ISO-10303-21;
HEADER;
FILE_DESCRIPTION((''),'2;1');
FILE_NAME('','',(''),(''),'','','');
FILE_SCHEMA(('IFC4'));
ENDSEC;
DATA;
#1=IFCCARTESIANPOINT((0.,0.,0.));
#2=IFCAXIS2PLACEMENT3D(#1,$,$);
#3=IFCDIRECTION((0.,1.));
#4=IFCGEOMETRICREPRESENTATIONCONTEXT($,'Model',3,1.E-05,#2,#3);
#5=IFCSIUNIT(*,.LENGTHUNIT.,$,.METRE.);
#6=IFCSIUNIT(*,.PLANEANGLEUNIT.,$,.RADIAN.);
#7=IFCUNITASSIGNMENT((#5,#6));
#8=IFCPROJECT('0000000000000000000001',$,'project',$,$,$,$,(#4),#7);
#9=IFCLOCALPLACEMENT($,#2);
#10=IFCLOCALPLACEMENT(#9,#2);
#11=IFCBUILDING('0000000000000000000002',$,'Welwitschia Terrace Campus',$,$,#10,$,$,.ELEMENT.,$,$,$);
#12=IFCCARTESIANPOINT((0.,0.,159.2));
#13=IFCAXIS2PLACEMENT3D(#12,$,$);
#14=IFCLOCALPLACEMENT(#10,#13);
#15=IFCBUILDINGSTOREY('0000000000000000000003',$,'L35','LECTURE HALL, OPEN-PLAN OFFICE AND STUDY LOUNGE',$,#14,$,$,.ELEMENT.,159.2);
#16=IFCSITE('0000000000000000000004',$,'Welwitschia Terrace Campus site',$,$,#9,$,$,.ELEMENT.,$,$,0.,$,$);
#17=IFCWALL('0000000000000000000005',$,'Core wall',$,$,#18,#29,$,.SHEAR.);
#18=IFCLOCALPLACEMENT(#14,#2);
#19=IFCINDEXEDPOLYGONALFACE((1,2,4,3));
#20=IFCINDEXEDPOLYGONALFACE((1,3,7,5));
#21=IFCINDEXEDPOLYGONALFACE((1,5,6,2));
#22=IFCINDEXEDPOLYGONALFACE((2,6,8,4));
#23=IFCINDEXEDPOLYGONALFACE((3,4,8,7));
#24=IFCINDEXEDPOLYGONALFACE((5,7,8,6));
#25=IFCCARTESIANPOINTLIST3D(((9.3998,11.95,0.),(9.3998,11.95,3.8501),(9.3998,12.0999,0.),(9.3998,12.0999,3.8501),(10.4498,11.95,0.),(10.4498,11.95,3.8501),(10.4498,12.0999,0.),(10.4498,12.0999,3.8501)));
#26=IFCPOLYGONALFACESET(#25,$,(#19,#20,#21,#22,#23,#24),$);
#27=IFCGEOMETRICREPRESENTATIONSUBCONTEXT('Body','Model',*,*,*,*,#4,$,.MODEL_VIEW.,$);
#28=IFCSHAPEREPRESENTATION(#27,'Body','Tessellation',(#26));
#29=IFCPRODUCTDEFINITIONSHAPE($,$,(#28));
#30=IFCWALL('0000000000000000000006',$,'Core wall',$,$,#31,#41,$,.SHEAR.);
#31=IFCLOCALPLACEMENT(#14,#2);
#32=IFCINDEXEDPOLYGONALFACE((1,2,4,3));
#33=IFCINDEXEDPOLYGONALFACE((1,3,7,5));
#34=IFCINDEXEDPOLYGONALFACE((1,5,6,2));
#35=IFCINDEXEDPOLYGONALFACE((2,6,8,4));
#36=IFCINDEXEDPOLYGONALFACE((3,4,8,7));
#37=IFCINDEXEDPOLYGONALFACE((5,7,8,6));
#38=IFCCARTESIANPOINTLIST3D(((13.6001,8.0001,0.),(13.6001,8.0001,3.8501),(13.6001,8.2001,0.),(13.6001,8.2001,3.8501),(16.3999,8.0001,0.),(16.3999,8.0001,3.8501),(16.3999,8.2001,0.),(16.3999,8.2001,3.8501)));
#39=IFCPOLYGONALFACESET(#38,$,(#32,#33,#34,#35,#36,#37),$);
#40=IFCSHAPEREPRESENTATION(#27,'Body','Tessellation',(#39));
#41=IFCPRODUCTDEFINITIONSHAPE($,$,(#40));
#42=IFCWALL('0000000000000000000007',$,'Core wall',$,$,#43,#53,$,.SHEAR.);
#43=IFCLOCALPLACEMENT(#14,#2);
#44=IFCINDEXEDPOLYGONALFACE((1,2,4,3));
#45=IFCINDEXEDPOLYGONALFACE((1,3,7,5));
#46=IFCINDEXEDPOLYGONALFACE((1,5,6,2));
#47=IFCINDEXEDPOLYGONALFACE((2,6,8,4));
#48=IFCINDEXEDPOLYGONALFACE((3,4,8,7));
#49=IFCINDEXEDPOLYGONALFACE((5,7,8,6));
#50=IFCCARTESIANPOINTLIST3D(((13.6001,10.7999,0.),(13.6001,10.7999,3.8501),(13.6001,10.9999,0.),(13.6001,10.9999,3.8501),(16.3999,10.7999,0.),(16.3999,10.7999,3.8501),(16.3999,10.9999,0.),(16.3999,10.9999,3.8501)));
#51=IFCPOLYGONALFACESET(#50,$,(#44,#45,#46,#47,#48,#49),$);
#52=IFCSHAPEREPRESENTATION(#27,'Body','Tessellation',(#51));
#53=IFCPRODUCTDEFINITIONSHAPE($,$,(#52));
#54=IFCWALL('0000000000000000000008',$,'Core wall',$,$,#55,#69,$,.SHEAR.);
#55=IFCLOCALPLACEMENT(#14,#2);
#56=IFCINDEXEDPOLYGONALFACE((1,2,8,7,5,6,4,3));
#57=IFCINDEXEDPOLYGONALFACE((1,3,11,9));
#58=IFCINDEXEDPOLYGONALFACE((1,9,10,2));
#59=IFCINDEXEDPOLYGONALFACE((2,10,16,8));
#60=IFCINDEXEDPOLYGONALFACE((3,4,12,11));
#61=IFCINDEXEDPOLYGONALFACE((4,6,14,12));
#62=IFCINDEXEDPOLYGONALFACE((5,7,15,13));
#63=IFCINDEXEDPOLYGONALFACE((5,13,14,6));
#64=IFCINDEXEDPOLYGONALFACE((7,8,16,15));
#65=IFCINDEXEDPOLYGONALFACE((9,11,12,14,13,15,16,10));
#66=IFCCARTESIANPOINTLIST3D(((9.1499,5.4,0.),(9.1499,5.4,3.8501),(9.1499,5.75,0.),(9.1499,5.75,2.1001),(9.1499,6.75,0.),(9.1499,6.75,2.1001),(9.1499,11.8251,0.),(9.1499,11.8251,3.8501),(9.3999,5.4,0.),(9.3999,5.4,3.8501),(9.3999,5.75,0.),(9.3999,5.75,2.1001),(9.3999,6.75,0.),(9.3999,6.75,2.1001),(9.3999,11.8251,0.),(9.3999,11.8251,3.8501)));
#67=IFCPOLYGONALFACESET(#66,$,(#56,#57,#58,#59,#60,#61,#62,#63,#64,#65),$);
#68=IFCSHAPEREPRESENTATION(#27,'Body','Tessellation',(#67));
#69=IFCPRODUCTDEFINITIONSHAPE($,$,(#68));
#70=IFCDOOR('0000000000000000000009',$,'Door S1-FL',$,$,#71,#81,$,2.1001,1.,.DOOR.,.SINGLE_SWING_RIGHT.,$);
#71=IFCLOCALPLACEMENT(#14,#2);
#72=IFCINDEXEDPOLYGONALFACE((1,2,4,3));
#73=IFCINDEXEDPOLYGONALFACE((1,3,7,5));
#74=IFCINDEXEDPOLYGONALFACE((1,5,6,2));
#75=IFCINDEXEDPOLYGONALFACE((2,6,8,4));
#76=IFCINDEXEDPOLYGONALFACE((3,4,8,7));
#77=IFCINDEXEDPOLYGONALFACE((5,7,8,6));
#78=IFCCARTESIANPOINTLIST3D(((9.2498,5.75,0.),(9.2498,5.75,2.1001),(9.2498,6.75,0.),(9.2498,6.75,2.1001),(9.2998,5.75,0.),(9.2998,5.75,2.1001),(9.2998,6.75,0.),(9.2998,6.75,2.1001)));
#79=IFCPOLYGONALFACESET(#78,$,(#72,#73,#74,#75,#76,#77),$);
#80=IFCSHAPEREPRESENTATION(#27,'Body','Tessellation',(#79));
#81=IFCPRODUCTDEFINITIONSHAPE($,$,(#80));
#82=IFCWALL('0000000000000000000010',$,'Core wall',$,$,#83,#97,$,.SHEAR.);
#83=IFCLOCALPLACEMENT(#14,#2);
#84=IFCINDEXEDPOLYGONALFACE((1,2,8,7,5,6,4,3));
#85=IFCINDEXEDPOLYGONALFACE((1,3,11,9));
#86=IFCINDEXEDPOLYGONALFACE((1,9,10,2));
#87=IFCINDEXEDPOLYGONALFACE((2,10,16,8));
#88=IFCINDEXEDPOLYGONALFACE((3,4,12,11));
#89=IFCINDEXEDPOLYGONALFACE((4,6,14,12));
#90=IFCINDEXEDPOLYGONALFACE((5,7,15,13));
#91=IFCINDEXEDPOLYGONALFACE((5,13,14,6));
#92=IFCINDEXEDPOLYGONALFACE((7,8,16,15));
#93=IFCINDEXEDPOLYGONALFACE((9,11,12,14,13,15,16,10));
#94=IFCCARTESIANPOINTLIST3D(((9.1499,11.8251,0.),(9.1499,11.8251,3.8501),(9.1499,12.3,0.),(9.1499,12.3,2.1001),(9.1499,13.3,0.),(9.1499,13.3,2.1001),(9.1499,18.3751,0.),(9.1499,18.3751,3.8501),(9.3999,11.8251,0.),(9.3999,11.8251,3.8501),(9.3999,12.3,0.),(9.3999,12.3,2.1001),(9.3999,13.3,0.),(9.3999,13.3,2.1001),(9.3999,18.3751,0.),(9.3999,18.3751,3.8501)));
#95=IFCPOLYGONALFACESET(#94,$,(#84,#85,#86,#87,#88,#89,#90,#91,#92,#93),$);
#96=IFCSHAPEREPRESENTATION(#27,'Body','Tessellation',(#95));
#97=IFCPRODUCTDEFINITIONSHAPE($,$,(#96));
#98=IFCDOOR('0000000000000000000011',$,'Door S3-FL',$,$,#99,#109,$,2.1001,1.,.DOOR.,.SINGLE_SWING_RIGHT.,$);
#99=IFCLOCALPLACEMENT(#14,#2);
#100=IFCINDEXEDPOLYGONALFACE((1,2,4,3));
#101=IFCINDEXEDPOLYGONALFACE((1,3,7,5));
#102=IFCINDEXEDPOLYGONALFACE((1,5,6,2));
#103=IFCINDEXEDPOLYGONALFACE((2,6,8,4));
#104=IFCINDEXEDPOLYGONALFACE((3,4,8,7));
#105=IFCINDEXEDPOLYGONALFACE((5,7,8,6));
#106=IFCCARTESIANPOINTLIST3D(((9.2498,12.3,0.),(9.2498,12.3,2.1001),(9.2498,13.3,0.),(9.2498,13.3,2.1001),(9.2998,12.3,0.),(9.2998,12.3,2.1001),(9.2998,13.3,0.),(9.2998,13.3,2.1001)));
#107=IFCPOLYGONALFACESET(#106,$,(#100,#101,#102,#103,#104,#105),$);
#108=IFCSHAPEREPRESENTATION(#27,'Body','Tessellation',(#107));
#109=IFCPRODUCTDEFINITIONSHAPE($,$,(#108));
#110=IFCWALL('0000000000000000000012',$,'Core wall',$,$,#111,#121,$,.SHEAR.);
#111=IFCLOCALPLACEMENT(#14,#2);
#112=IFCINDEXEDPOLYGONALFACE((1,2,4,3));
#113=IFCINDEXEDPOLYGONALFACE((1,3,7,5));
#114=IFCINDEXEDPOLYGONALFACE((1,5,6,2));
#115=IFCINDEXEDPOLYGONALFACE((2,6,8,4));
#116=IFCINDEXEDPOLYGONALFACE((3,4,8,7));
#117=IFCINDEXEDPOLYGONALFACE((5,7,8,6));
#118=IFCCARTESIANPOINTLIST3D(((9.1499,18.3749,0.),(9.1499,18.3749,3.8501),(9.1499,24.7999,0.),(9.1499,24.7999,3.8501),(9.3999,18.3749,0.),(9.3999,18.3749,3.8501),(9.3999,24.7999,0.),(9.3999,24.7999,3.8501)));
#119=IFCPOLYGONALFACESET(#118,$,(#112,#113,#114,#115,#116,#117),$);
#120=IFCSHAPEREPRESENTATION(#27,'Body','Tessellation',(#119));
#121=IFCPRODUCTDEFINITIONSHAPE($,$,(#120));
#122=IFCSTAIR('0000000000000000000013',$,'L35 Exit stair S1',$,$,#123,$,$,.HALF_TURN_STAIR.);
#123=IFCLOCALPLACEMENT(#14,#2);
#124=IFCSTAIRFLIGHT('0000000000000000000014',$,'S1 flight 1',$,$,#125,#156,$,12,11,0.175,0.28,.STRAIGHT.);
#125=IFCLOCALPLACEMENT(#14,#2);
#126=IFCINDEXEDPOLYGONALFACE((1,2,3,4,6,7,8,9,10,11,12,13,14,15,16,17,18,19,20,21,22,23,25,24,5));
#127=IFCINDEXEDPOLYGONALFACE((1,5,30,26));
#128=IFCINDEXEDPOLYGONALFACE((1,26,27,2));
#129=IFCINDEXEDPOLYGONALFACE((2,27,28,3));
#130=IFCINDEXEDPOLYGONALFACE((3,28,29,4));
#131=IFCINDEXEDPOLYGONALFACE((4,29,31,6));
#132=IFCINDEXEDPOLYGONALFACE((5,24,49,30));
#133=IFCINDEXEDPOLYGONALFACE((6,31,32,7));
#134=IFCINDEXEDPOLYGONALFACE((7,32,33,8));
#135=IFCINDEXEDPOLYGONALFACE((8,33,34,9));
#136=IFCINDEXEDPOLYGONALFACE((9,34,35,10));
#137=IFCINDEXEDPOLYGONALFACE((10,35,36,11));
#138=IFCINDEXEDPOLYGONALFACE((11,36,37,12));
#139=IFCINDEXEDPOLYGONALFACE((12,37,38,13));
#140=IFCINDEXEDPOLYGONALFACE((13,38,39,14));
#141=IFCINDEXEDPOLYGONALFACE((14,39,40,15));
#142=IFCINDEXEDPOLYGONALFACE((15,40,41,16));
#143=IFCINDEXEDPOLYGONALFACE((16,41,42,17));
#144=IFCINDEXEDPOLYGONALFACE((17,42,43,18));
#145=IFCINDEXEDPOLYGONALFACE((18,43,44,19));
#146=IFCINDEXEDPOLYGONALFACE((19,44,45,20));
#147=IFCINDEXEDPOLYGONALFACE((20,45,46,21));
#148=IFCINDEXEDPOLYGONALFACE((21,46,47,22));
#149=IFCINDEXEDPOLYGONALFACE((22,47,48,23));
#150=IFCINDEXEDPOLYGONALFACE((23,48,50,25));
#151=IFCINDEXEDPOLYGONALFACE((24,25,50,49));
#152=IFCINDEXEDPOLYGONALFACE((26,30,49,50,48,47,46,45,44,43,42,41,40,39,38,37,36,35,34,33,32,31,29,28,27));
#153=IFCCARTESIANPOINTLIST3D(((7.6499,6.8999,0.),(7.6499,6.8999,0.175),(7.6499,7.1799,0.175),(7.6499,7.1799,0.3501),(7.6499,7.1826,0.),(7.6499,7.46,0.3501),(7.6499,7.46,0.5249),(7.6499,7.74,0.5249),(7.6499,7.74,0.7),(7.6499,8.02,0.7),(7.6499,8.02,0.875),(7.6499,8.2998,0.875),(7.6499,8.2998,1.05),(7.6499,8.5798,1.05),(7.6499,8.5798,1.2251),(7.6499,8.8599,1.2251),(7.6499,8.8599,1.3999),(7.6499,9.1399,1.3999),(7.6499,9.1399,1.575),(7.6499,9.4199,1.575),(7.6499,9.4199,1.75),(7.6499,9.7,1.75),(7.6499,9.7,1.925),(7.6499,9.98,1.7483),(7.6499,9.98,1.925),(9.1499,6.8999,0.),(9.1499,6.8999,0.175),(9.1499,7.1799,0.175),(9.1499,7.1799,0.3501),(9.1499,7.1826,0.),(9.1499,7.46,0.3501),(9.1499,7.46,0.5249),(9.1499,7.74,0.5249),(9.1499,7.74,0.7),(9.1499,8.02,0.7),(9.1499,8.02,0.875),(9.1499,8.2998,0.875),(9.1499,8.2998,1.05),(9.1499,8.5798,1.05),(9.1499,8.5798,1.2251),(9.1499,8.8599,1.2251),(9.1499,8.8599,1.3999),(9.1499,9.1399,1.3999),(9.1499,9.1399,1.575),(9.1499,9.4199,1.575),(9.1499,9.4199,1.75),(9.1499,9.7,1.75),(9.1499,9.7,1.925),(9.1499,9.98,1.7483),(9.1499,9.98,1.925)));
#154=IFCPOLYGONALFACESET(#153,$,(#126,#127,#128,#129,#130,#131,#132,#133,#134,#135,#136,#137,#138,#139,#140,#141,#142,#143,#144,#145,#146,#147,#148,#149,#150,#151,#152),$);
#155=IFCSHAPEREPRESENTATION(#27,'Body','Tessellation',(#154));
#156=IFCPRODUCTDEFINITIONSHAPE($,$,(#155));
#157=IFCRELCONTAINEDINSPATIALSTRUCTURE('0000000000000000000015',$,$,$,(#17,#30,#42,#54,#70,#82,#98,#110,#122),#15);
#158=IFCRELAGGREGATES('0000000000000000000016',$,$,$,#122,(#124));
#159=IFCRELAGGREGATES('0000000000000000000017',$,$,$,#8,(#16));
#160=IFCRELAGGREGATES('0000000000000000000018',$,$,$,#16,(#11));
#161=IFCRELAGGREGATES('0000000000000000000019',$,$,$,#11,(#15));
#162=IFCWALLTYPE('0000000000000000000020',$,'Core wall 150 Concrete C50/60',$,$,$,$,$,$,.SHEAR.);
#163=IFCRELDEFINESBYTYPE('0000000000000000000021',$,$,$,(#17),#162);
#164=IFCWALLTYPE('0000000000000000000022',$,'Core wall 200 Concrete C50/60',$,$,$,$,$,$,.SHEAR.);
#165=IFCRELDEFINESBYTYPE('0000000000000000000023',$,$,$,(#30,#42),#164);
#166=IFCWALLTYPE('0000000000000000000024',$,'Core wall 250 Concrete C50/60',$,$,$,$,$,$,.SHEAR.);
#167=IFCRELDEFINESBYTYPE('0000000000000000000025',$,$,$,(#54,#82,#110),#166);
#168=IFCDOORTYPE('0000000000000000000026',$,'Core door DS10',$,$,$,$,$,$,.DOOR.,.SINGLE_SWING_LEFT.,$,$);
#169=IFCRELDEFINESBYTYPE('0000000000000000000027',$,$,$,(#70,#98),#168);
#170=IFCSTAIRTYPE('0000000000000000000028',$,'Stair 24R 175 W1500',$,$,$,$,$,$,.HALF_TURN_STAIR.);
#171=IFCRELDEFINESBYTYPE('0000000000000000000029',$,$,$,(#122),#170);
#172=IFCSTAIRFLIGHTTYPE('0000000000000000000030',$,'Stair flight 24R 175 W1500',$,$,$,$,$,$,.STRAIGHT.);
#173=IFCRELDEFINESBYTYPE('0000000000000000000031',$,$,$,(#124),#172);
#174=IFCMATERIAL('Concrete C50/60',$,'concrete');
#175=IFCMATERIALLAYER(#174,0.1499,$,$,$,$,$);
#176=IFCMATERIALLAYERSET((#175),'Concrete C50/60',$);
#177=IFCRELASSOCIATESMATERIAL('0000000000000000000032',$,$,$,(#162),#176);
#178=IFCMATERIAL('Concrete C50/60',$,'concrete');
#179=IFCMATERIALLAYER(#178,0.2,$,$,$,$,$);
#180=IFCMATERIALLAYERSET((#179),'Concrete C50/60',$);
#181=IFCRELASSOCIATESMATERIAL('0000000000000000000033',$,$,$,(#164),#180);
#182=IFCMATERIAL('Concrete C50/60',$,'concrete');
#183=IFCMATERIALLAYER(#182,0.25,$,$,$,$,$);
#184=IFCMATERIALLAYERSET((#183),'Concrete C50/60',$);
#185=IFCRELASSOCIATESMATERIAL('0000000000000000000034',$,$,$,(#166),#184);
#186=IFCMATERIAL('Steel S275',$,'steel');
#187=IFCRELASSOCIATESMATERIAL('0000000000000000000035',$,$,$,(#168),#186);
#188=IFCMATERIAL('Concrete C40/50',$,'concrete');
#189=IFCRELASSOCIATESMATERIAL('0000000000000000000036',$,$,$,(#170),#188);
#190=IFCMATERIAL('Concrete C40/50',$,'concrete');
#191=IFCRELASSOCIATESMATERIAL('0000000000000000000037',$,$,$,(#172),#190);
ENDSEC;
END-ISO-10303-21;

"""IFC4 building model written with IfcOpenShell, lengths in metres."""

from ifc_helpers import new_model, si_unit, direction, frame, frame_2d, origin, place, context, subcontext, project, spatial, polyline, rectangle, outline, extrude, material, layer, layer_set, type_object, element, fill, aggregate, save


model = new_model("IFC4")

# Units and contexts
model_context = context("Model", 3, precision=1e-05, world=origin(), true_north=direction((0.0, 1.0)))
body_context = subcontext(model_context, "Body", "Model", "MODEL_VIEW")
ifc_project = project(units=[si_unit("LENGTHUNIT", "METRE"), si_unit("PLANEANGLEUNIT", "RADIAN")], contexts=[model_context])

# Site, building, storey
site_placement = place(None, origin())
site = spatial("IfcSite", under=ifc_project, at=site_placement, Name="Welwitschia Terrace Campus site", CompositionType="ELEMENT", RefElevation=0.0)
building_placement = place(site_placement, origin())
building = spatial("IfcBuilding", under=site, at=building_placement, Name="Welwitschia Terrace Campus", CompositionType="ELEMENT")
storey_placement = place(building_placement, frame((0.0, 0.0, 159.2)))
storey = spatial("IfcBuildingStorey", under=building, at=storey_placement, Name="L35", Description="LECTURE HALL, OPEN-PLAN OFFICE AND STUDY LOUNGE", CompositionType="ELEMENT", Elevation=159.2)

# Walls
ifc_material_1 = material(Name="Concrete C50/60", Category="concrete")
ifc_layer_1 = layer(ifc_material_1, 0.1499)
ifc_layer_set_1 = layer_set([ifc_layer_1], Name="Concrete C50/60")
wall_type_1 = type_object("IfcWallType", Name="Core wall 150 Concrete C50/60", PredefinedType="SHEAR", material=ifc_layer_set_1)
for number, where, z_axis, x_axis, name in (
    (1, (9.3999, 12.0249, 0.0), (0.0, 0.0, 1.0), (1.0, 0.0, 0.0), "Core wall"),
):
    element("IfcWall", number, at=place(storey_placement, frame(where, z_axis=z_axis, x_axis=x_axis)), inside=storey, type_object=wall_type_1, Name=name, PredefinedType="SHEAR", context=body_context, shape_type="SweptSolid", body=[
        extrude(rectangle(XDim=1.05, YDim=0.1499, at=frame_2d((0.5249, 0.0))), origin(), (0.0, 0.0, 1.0), 3.8501),
    ])
ifc_material_2 = material(Name="Concrete C50/60", Category="concrete")
ifc_layer_2 = layer(ifc_material_2, 0.2)
ifc_layer_set_2 = layer_set([ifc_layer_2], Name="Concrete C50/60")
wall_type_2 = type_object("IfcWallType", Name="Core wall 200 Concrete C50/60", PredefinedType="SHEAR", material=ifc_layer_set_2)
for number, where, z_axis, x_axis, name in (
    (2, (13.6001, 8.1001, 0.0), (0.0, 0.0, 1.0), (1.0, 0.0, 0.0), "Core wall"),
    (3, (13.6001, 10.8999, 0.0), (0.0, 0.0, 1.0), (1.0, 0.0, 0.0), "Core wall"),
):
    element("IfcWall", number, at=place(storey_placement, frame(where, z_axis=z_axis, x_axis=x_axis)), inside=storey, type_object=wall_type_2, Name=name, PredefinedType="SHEAR", context=body_context, shape_type="SweptSolid", body=[
        extrude(rectangle(XDim=2.7998, YDim=0.2, at=frame_2d((1.3999, 0.0))), origin(), (0.0, 0.0, 1.0), 3.8501),
    ])

# Walls, openings, doors
ifc_material_3 = material(Name="Concrete C50/60", Category="concrete")
ifc_layer_3 = layer(ifc_material_3, 0.25)
ifc_layer_set_3 = layer_set([ifc_layer_3], Name="Concrete C50/60")
wall_type_3 = type_object("IfcWallType", Name="Core wall 250 Concrete C50/60", PredefinedType="SHEAR", material=ifc_layer_set_3)
wall_1_placement = place(storey_placement, frame((9.2749, 11.825, 0.0), z_axis=(0.0, 0.0, 1.0), x_axis=(0.0, -1.0, 0.0)))
wall_1 = element("IfcWall", 4, at=wall_1_placement, inside=storey, type_object=wall_type_3, Name="Core wall", PredefinedType="SHEAR", context=body_context, shape_type="SweptSolid", body=[
    extrude(rectangle(XDim=6.425, YDim=0.25, at=frame_2d((3.2124, 0.0))), origin(), (0.0, 0.0, 1.0), 3.8501),
])
opening_1_placement = place(wall_1_placement, frame((5.075, 0.0, 0.0)))
opening_1 = element("IfcOpeningElement", 5, at=opening_1_placement, cuts=wall_1, PredefinedType="OPENING", context=body_context, shape_type="SweptSolid", body=[
    extrude(rectangle(XDim=1.0, YDim=2.1001, at=frame_2d((0.5, 1.05))), frame((0.0, 0.135, 0.0), z_axis=(0.0, -1.0, 0.0), x_axis=(1.0, 0.0, 0.0)), (0.0, 0.0, 1.0), 0.27),
])
ifc_material_4 = material(Name="Steel S275", Category="steel")
door_type_1 = type_object("IfcDoorType", Name="Core door DS10", OperationType="SINGLE_SWING_LEFT", PredefinedType="DOOR", material=ifc_material_4)
door_1_placement = place(opening_1_placement, origin())
door_1 = element("IfcDoor", 6, at=door_1_placement, inside=storey, type_object=door_type_1, Name="Door S1-FL", OperationType="SINGLE_SWING_RIGHT", OverallHeight=2.1001, OverallWidth=1.0, PredefinedType="DOOR", context=body_context, shape_type="SweptSolid", body=[
    extrude(rectangle(XDim=1.0, YDim=2.1001, at=frame_2d((0.5, 1.05))), frame((0.0, 0.0249, 0.0), z_axis=(0.0, -1.0, 0.0), x_axis=(1.0, 0.0, 0.0)), (0.0, 0.0, 1.0), 0.05),
])
fill(opening_1, door_1)
wall_2_placement = place(storey_placement, frame((9.2749, 18.375, 0.0), z_axis=(0.0, 0.0, 1.0), x_axis=(0.0, -1.0, 0.0)))
wall_2 = element("IfcWall", 7, at=wall_2_placement, inside=storey, type_object=wall_type_3, Name="Core wall", PredefinedType="SHEAR", context=body_context, shape_type="SweptSolid", body=[
    extrude(rectangle(XDim=6.55, YDim=0.25, at=frame_2d((3.2749, 0.0))), origin(), (0.0, 0.0, 1.0), 3.8501),
])
opening_2_placement = place(wall_2_placement, frame((5.075, 0.0, 0.0)))
opening_2 = element("IfcOpeningElement", 8, at=opening_2_placement, cuts=wall_2, PredefinedType="OPENING", context=body_context, shape_type="SweptSolid", body=[
    extrude(rectangle(XDim=1.0, YDim=2.1001, at=frame_2d((0.5, 1.05))), frame((0.0, 0.135, 0.0), z_axis=(0.0, -1.0, 0.0), x_axis=(1.0, 0.0, 0.0)), (0.0, 0.0, 1.0), 0.27),
])
door_2_placement = place(opening_2_placement, origin())
door_2 = element("IfcDoor", 9, at=door_2_placement, inside=storey, type_object=door_type_1, Name="Door S3-FL", OperationType="SINGLE_SWING_RIGHT", OverallHeight=2.1001, OverallWidth=1.0, PredefinedType="DOOR", context=body_context, shape_type="SweptSolid", body=[
    extrude(rectangle(XDim=1.0, YDim=2.1001, at=frame_2d((0.5, 1.05))), frame((0.0, 0.0249, 0.0), z_axis=(0.0, -1.0, 0.0), x_axis=(1.0, 0.0, 0.0)), (0.0, 0.0, 1.0), 0.05),
])
fill(opening_2, door_2)

# Wall
wall_3_placement = place(storey_placement, frame((9.2749, 18.375, 0.0), z_axis=(0.0, 0.0, 1.0), x_axis=(0.0, 1.0, 0.0)))
element("IfcWall", 10, at=wall_3_placement, inside=storey, type_object=wall_type_3, Name="Core wall", PredefinedType="SHEAR", context=body_context, shape_type="SweptSolid", body=[
    extrude(rectangle(XDim=6.425, YDim=0.25, at=frame_2d((3.2124, 0.0))), origin(), (0.0, 0.0, 1.0), 3.8501),
])

# Stair, stair flight
ifc_material_5 = material(Name="Concrete C40/50", Category="concrete")
stair_type = type_object("IfcStairType", Name="Stair 24R 175 W1500", PredefinedType="HALF_TURN_STAIR", material=ifc_material_5)
stair_1_placement = place(storey_placement, origin())
stair_1 = element("IfcStair", 11, at=stair_1_placement, inside=storey, type_object=stair_type, Name="L35 Exit stair S1", PredefinedType="HALF_TURN_STAIR")
ifc_material_6 = material(Name="Concrete C40/50", Category="concrete")
stair_flight_type = type_object("IfcStairFlightType", Name="Stair flight 24R 175 W1500", PredefinedType="STRAIGHT", material=ifc_material_6)
stair_flight_1_placement = place(storey_placement, frame((8.3999, 6.8999, 0.0), z_axis=(0.0, 0.0, 1.0), x_axis=(0.0, 1.0, 0.0)))
stair_flight_1 = element("IfcStairFlight", 12, at=stair_flight_1_placement, type_object=stair_flight_type, Name="S1 flight 1", NumberOfRisers=12, NumberOfTreads=11, PredefinedType="STRAIGHT", RiserHeight=0.175, TreadLength=0.28, context=body_context, shape_type="SweptSolid", body=[
    extrude(outline(polyline([(0.0, 0.0), (0.0, 0.175), (0.28, 0.175), (0.28, 0.3501), (0.5601, 0.3501), (0.5601, 0.5249), (0.8401, 0.5249), (0.8401, 0.7), (1.1201, 0.7), (1.1201, 0.875), (1.3999, 0.875), (1.3999, 1.05), (1.6799, 1.05), (1.6799, 1.2251), (1.96, 1.2251), (1.96, 1.3999), (2.24, 1.3999), (2.24, 1.575), (2.52, 1.575), (2.52, 1.75), (2.8, 1.75), (2.8, 1.925), (3.0801, 1.925), (3.0801, 2.1001), (3.0801, 1.7483), (0.2827, 0.0), (0.0, 0.0)])), frame((0.0, 0.75, 0.0), z_axis=(0.0, -1.0, 0.0), x_axis=(1.0, 0.0, 0.0)), (0.0, 0.0, 1.0), 1.5),
])
aggregate(stair_1, [stair_flight_1])

save(model, "model.ifc")
